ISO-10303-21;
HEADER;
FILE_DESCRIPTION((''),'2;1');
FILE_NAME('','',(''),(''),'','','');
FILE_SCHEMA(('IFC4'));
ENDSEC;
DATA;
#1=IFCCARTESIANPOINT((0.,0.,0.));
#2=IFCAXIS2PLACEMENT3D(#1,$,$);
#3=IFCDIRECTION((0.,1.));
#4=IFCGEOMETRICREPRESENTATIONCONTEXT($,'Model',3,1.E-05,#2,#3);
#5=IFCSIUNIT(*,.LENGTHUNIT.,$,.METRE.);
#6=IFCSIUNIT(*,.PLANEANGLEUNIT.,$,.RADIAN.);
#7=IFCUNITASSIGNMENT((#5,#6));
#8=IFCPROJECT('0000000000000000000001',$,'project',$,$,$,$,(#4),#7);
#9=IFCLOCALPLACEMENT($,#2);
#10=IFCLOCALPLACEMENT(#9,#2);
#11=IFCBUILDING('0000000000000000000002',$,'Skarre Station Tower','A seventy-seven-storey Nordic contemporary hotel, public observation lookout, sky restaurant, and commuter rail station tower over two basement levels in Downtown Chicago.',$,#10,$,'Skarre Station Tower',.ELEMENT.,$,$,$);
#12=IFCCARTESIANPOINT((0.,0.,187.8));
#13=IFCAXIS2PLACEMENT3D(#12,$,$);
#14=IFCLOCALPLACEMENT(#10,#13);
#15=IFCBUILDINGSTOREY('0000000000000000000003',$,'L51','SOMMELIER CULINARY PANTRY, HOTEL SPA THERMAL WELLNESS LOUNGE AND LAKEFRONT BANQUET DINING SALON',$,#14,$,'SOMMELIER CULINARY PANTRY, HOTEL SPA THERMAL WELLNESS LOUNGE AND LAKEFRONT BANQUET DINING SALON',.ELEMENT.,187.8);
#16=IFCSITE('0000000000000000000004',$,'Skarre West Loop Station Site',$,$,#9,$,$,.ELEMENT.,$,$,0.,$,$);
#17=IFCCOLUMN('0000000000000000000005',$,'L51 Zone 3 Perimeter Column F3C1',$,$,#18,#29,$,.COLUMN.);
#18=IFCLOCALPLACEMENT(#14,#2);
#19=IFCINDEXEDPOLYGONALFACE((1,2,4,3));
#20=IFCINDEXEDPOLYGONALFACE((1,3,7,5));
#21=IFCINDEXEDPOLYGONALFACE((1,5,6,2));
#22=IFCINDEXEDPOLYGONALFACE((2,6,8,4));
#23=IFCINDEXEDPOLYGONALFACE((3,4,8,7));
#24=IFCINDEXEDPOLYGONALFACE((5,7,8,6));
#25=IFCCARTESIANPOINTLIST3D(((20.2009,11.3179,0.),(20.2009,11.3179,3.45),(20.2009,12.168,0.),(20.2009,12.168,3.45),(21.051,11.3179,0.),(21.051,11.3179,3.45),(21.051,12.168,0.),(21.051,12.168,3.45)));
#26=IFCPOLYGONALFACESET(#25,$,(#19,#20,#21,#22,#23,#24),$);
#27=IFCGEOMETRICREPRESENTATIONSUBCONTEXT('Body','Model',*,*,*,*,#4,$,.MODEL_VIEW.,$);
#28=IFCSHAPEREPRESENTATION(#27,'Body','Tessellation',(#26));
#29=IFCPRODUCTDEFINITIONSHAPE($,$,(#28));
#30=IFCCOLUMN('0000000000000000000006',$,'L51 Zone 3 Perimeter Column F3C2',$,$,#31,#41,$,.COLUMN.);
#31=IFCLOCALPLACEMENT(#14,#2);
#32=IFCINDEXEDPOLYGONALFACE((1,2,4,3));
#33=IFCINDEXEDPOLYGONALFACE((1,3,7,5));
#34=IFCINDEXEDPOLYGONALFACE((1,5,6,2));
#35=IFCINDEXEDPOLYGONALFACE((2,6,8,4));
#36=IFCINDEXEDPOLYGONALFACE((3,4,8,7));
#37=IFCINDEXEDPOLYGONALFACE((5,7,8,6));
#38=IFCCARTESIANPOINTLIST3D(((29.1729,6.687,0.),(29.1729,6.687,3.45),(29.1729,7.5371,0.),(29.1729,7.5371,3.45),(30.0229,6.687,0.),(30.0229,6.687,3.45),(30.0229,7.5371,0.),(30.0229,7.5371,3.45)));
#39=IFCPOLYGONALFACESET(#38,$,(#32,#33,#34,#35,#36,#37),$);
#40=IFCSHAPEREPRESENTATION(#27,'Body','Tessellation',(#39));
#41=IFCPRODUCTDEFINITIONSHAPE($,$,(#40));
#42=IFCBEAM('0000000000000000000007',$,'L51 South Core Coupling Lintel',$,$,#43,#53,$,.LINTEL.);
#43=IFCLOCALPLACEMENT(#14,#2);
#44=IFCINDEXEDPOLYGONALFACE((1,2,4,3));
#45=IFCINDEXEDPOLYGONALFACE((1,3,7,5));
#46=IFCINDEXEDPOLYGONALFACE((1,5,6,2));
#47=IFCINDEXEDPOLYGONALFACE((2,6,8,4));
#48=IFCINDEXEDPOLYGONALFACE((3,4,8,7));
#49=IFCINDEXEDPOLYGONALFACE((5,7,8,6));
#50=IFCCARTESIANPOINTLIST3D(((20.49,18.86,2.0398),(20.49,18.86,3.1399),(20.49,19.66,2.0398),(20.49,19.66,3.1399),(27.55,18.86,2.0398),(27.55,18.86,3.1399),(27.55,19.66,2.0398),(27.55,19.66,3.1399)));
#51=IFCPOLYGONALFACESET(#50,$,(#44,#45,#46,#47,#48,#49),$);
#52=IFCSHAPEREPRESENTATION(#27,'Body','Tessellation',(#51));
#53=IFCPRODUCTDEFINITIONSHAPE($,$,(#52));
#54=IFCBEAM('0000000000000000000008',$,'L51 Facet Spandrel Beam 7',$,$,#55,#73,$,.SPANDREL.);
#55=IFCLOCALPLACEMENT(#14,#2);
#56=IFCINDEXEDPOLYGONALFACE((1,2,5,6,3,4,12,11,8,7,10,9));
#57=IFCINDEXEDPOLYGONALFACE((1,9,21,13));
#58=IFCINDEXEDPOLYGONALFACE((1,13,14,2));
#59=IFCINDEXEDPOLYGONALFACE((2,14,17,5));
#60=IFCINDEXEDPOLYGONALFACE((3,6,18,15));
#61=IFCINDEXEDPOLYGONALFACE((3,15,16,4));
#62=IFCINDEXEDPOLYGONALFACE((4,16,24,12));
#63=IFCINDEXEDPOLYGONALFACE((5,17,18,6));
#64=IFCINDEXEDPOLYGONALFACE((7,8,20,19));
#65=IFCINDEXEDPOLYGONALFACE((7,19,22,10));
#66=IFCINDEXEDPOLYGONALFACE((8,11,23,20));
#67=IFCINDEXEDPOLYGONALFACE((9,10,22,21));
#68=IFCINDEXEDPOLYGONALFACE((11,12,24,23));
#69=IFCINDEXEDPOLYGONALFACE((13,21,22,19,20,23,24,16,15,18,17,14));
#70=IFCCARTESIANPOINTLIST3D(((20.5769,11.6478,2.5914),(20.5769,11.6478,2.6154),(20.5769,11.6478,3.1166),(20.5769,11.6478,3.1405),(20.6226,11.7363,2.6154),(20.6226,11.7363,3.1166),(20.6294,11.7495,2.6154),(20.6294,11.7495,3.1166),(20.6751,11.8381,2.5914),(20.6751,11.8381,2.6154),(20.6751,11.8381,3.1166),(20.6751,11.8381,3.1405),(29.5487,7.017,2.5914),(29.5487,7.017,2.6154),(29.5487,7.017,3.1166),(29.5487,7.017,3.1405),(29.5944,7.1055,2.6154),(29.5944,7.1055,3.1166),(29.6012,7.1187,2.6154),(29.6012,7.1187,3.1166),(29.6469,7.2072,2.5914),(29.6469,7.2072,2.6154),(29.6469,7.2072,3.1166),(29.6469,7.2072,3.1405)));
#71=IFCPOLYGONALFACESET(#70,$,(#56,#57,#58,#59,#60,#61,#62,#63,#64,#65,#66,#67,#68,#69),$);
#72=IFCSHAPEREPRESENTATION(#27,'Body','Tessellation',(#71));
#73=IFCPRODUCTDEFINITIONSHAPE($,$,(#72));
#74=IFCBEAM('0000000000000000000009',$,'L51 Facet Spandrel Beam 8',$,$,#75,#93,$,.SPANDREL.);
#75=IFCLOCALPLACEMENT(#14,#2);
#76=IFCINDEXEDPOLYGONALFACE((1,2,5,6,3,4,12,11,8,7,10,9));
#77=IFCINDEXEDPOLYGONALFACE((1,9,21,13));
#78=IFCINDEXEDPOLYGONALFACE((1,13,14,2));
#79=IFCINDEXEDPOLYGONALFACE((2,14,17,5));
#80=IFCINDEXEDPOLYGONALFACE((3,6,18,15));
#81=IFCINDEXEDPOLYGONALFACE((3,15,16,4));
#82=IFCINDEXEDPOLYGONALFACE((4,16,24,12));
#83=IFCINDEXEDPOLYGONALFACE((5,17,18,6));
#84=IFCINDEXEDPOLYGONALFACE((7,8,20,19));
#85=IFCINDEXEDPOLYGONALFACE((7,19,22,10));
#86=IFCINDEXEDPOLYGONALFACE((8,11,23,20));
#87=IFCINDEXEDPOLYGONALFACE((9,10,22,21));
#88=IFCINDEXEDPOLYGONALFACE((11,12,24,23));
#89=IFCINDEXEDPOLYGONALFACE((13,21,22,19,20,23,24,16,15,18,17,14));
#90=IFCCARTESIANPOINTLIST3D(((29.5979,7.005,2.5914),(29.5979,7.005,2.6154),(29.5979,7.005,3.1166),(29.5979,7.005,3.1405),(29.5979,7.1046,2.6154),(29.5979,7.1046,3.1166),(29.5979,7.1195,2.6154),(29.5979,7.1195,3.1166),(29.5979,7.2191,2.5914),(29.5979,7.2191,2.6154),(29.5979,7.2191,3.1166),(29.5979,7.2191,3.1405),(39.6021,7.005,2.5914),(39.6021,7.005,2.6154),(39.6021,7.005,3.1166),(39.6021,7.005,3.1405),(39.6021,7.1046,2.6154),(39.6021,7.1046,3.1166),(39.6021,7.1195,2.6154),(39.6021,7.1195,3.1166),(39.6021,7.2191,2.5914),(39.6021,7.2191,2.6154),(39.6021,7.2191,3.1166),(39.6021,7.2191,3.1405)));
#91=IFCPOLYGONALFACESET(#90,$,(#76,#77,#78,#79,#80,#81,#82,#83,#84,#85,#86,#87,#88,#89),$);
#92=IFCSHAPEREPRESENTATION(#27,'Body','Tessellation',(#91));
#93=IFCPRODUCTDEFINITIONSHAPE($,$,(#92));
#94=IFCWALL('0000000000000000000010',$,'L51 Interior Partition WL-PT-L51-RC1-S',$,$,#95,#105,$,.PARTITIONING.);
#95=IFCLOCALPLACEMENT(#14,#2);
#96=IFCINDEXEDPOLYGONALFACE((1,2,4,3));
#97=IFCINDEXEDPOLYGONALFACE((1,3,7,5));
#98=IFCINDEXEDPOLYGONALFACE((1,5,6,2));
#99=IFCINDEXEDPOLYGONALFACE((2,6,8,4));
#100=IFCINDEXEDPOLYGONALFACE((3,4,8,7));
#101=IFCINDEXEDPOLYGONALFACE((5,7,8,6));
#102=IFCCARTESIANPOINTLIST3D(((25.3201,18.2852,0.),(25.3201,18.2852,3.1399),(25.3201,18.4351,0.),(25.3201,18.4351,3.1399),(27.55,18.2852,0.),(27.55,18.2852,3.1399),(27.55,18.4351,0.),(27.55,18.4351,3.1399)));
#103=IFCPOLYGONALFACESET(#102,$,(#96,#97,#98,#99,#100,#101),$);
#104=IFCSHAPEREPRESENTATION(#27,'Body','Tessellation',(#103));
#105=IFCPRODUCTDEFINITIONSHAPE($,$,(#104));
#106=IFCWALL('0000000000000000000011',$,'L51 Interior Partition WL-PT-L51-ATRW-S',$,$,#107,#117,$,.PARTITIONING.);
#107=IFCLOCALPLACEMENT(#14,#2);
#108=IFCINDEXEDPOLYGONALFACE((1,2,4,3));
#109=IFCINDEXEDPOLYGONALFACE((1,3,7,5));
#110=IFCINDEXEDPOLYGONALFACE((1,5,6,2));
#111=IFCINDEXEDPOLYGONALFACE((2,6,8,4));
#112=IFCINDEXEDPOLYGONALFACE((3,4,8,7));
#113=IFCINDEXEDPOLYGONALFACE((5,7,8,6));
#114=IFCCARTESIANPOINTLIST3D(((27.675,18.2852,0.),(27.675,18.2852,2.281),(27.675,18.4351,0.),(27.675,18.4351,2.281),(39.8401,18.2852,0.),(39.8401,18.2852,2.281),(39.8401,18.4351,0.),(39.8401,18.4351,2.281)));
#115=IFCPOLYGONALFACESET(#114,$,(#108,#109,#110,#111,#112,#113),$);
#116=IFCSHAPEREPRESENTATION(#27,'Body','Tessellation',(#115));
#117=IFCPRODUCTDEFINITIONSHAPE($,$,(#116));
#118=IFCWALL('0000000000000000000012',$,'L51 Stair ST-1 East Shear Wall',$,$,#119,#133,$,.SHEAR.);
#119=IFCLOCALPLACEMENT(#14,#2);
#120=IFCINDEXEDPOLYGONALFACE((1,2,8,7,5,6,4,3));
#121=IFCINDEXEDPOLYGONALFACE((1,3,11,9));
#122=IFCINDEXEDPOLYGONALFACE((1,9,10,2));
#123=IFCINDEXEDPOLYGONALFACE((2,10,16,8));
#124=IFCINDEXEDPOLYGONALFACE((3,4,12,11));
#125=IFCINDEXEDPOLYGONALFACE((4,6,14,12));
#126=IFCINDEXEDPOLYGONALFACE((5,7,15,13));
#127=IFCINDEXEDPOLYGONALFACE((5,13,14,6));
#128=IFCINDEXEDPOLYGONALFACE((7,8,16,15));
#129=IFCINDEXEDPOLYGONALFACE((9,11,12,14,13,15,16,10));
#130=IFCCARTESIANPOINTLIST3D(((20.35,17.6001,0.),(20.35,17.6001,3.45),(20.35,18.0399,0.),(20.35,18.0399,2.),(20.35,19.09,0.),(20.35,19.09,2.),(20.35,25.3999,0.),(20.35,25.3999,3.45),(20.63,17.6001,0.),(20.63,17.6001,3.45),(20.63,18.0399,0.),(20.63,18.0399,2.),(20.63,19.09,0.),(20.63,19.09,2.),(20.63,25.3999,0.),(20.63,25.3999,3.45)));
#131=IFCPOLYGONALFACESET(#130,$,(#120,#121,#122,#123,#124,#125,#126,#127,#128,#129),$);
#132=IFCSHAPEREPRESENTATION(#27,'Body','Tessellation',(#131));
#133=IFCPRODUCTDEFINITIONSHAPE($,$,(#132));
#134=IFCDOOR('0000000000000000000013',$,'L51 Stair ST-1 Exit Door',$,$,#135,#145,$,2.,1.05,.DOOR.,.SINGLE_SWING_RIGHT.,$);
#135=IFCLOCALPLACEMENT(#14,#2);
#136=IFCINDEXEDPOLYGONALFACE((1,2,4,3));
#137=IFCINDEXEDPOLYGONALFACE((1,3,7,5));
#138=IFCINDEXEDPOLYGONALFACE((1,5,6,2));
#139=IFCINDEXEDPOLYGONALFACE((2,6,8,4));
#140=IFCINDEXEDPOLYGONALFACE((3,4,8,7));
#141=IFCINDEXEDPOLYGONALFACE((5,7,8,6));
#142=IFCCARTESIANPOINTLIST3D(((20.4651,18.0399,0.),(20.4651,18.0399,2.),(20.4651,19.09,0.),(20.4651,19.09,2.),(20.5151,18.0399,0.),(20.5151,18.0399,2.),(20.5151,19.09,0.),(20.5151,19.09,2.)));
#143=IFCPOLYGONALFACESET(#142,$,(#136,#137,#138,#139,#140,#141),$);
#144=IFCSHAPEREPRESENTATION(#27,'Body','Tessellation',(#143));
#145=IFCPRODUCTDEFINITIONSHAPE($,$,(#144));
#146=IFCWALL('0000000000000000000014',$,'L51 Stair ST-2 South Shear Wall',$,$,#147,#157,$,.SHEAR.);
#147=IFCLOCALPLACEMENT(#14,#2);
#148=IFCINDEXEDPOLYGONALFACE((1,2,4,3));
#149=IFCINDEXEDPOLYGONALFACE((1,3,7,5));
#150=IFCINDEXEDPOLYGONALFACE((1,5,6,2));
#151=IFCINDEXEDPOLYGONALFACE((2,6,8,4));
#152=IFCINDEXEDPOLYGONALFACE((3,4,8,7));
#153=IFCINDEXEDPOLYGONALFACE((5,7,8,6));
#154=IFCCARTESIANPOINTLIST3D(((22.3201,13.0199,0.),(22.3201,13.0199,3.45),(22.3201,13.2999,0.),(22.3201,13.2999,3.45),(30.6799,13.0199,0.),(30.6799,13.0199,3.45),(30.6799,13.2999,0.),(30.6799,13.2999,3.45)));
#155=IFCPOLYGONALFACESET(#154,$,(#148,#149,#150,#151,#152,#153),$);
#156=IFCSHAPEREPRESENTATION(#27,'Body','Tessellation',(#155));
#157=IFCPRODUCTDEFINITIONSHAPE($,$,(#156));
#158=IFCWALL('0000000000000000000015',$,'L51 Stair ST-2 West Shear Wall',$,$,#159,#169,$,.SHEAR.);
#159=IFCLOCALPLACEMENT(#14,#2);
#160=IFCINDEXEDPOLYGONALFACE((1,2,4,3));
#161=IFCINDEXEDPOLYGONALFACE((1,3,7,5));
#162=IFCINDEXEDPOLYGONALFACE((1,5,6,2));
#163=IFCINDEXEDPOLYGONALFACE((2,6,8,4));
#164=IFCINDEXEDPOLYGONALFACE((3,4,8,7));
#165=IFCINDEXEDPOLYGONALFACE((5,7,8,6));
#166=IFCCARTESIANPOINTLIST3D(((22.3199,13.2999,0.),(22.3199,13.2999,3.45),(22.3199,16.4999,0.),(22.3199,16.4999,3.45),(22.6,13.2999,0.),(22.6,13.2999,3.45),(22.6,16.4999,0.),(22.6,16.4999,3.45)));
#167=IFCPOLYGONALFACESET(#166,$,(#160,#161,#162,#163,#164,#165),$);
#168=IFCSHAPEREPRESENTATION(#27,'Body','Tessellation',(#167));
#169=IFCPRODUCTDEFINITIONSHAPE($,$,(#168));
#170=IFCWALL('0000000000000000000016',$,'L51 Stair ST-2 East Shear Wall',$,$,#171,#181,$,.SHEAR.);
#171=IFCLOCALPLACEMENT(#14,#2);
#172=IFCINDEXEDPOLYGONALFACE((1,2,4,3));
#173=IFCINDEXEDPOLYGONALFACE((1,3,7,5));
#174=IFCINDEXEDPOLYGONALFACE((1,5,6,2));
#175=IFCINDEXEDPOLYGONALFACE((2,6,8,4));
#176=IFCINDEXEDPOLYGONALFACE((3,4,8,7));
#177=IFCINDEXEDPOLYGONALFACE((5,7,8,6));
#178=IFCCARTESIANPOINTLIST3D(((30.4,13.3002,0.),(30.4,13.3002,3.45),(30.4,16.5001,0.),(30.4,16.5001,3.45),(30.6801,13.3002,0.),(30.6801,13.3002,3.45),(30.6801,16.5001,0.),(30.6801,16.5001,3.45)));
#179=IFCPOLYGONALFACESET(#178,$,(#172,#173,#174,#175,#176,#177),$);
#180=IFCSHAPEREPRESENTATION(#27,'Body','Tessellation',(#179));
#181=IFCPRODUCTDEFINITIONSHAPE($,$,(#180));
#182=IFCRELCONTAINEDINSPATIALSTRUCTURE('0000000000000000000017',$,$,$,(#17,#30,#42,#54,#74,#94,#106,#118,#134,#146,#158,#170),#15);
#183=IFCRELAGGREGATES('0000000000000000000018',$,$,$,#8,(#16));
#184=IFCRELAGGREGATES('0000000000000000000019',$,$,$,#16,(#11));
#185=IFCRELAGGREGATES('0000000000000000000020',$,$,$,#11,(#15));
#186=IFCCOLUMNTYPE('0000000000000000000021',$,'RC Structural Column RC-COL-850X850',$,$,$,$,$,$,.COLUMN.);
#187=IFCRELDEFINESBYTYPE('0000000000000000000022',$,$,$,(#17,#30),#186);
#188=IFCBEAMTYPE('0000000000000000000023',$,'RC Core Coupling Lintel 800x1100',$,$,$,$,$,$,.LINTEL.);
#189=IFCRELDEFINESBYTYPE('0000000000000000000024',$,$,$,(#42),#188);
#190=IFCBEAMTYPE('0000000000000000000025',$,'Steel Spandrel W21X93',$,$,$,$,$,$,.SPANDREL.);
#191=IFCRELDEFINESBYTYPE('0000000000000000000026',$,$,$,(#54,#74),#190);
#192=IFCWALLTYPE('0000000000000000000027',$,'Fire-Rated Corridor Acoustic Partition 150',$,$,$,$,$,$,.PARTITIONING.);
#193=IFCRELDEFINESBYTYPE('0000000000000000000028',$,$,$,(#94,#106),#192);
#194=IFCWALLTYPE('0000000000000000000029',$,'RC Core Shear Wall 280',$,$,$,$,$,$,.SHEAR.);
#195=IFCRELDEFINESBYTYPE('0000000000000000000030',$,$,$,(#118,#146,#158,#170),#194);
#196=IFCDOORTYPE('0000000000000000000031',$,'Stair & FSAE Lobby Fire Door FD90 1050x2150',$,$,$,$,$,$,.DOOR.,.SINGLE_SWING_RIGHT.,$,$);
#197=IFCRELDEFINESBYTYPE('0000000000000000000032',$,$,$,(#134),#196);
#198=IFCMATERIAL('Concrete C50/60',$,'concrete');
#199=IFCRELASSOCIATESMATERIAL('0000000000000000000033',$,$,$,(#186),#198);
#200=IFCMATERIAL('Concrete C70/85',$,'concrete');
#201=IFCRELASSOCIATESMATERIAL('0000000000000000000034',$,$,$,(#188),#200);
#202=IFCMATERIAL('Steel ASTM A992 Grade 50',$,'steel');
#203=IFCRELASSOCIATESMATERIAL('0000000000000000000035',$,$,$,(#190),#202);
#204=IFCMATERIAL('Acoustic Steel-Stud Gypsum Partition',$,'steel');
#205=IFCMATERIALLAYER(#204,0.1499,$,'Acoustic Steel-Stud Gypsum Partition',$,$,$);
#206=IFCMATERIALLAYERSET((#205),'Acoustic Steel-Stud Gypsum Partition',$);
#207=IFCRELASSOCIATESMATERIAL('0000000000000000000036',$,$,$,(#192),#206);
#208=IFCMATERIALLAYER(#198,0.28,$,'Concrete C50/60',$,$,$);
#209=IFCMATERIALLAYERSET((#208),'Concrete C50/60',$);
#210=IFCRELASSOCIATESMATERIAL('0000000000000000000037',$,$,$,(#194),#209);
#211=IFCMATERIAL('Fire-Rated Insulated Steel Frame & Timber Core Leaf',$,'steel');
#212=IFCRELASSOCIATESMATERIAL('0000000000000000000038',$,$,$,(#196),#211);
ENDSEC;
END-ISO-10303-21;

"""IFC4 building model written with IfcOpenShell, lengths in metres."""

from ifc_helpers import new_model, si_unit, direction, frame, frame_2d, origin, origin_2d, place, context, subcontext, project, spatial, rectangle, i_section, extrude, material, layer, layer_set, material_profile, profile_set, type_object, element, fill, save


model = new_model("IFC4")

# Units and contexts
model_context = context("Model", 3, precision=1e-05, world=origin(), true_north=direction((0.0, 1.0)))
body_context = subcontext(model_context, "Body", "Model", "MODEL_VIEW")
ifc_project = project(units=[si_unit("LENGTHUNIT", "METRE"), si_unit("PLANEANGLEUNIT", "RADIAN")], contexts=[model_context])

# Site, building, storey
site_placement = place(None, origin())
site = spatial("IfcSite", under=ifc_project, at=site_placement, Name="Skarre West Loop Station Site", CompositionType="ELEMENT", RefElevation=0.0)
building_placement = place(site_placement, origin())
building = spatial("IfcBuilding", under=site, at=building_placement, Name="Skarre Station Tower", Description="A seventy-seven-storey Nordic contemporary hotel, public observation lookout, sky restaurant, and commuter rail station tower over two basement levels in Downtown Chicago.", LongName="Skarre Station Tower", CompositionType="ELEMENT")
storey_placement = place(building_placement, frame((0.0, 0.0, 187.8)))
storey = spatial("IfcBuildingStorey", under=building, at=storey_placement, Name="L51", Description="SOMMELIER CULINARY PANTRY, HOTEL SPA THERMAL WELLNESS LOUNGE AND LAKEFRONT BANQUET DINING SALON", LongName="SOMMELIER CULINARY PANTRY, HOTEL SPA THERMAL WELLNESS LOUNGE AND LAKEFRONT BANQUET DINING SALON", CompositionType="ELEMENT", Elevation=187.8)

# Columns
ifc_material_1 = material(Name="Concrete C50/60", Category="concrete")
ifc_material_profile_1 = material_profile(ifc_material_1, rectangle(XDim=0.8501, YDim=0.8501, at=origin_2d()), Name="Concrete C50/60")
ifc_profile_set_1 = profile_set([ifc_material_profile_1], Name="Concrete C50/60")
column_type = type_object("IfcColumnType", Name="RC Structural Column RC-COL-850X850", PredefinedType="COLUMN", material=ifc_profile_set_1)
for number, where, z_axis, x_axis, name in (
    (1, (20.626, 11.7429, 0.0), (0.0, 0.0, 1.0), (1.0, 0.0, 0.0), "L51 Zone 3 Perimeter Column F3C1"),
    (2, (29.5979, 7.1121, 0.0), (0.0, 0.0, 1.0), (1.0, 0.0, 0.0), "L51 Zone 3 Perimeter Column F3C2"),
):
    element("IfcColumn", number, at=place(storey_placement, frame(where, z_axis=z_axis, x_axis=x_axis)), inside=storey, type_object=column_type, Name=name, PredefinedType="COLUMN", context=body_context, shape_type="SweptSolid", body=[
        extrude(rectangle(XDim=0.8501, YDim=0.8501, at=origin_2d()), origin(), (0.0, 0.0, 1.0), 3.45),
    ])

# Beams
ifc_material_2 = material(Name="Concrete C70/85", Category="concrete")
ifc_material_profile_2 = material_profile(ifc_material_2, rectangle(XDim=0.8, YDim=1.1001, at=origin_2d()), Name="Concrete C70/85")
ifc_profile_set_2 = profile_set([ifc_material_profile_2], Name="Concrete C70/85")
beam_type_1 = type_object("IfcBeamType", Name="RC Core Coupling Lintel 800x1100", PredefinedType="LINTEL", material=ifc_profile_set_2)
beam_1_placement = place(storey_placement, frame((20.49, 19.26, 2.5898), z_axis=(1.0, 0.0, 0.0), x_axis=(0.0, 1.0, 0.0)))
element("IfcBeam", 3, at=beam_1_placement, inside=storey, type_object=beam_type_1, Name="L51 South Core Coupling Lintel", PredefinedType="LINTEL", context=body_context, shape_type="SweptSolid", body=[
    extrude(rectangle(XDim=0.8, YDim=1.1001, at=origin_2d()), origin(), (0.0, 0.0, 1.0), 7.0601),
])
ifc_material_3 = material(Name="Steel ASTM A992 Grade 50", Category="steel")
ifc_material_profile_3 = material_profile(ifc_material_3, i_section(OverallWidth=0.2141, OverallDepth=0.5491, WebThickness=0.0149, FlangeThickness=0.0239, at=origin_2d()), Name="Steel ASTM A992 Grade 50")
ifc_profile_set_3 = profile_set([ifc_material_profile_3], Name="Steel ASTM A992 Grade 50")
beam_type_2 = type_object("IfcBeamType", Name="Steel Spandrel W21X93", PredefinedType="SPANDREL", material=ifc_profile_set_3)
beam_2_placement = place(storey_placement, frame((20.626, 11.7429, 2.866), z_axis=(0.888613, -0.458658, 0.0), x_axis=(0.458658, 0.888613, 0.0)))
element("IfcBeam", 4, at=beam_2_placement, inside=storey, type_object=beam_type_2, Name="L51 Facet Spandrel Beam 7", PredefinedType="SPANDREL", context=body_context, shape_type="SweptSolid", body=[
    extrude(i_section(OverallWidth=0.2141, OverallDepth=0.5491, WebThickness=0.0149, FlangeThickness=0.0239, at=origin_2d()), origin(), (0.0, 0.0, 1.0), 10.0964),
])
beam_3_placement = place(storey_placement, frame((29.5979, 7.1121, 2.866), z_axis=(1.0, 0.0, 0.0), x_axis=(0.0, 1.0, 0.0)))
element("IfcBeam", 5, at=beam_3_placement, inside=storey, type_object=beam_type_2, Name="L51 Facet Spandrel Beam 8", PredefinedType="SPANDREL", context=body_context, shape_type="SweptSolid", body=[
    extrude(i_section(OverallWidth=0.2141, OverallDepth=0.5491, WebThickness=0.0149, FlangeThickness=0.0239, at=origin_2d()), origin(), (0.0, 0.0, 1.0), 10.0042),
])

# Walls
ifc_material_4 = material(Name="Acoustic Steel-Stud Gypsum Partition", Category="steel")
ifc_layer_1 = layer(ifc_material_4, 0.1499, Name="Acoustic Steel-Stud Gypsum Partition")
ifc_layer_set_1 = layer_set([ifc_layer_1], Name="Acoustic Steel-Stud Gypsum Partition")
wall_type_1 = type_object("IfcWallType", Name="Fire-Rated Corridor Acoustic Partition 150", PredefinedType="PARTITIONING", material=ifc_layer_set_1)
wall_1_placement = place(storey_placement, frame((25.3201, 18.3601, 0.0), z_axis=(0.0, 0.0, 1.0), x_axis=(1.0, 0.0, 0.0)))
element("IfcWall", 6, at=wall_1_placement, inside=storey, type_object=wall_type_1, Name="L51 Interior Partition WL-PT-L51-RC1-S", PredefinedType="PARTITIONING", context=body_context, shape_type="SweptSolid", body=[
    extrude(rectangle(XDim=2.23, YDim=0.1499, at=frame_2d((1.115, 0.0))), origin(), (0.0, 0.0, 1.0), 3.1399),
])
wall_2_placement = place(storey_placement, frame((27.675, 18.3601, 0.0), z_axis=(0.0, 0.0, 1.0), x_axis=(1.0, 0.0, 0.0)))
element("IfcWall", 7, at=wall_2_placement, inside=storey, type_object=wall_type_1, Name="L51 Interior Partition WL-PT-L51-ATRW-S", PredefinedType="PARTITIONING", context=body_context, shape_type="SweptSolid", body=[
    extrude(rectangle(XDim=12.165, YDim=0.1499, at=frame_2d((6.0825, 0.0))), origin(), (0.0, 0.0, 1.0), 2.281),
])

# Wall, opening, door
ifc_layer_2 = layer(ifc_material_1, 0.28, Name="Concrete C50/60")
ifc_layer_set_2 = layer_set([ifc_layer_2], Name="Concrete C50/60")
wall_type_2 = type_object("IfcWallType", Name="RC Core Shear Wall 280", PredefinedType="SHEAR", material=ifc_layer_set_2)
wall_3_placement = place(storey_placement, frame((20.49, 17.6001, 0.0), z_axis=(0.0, 0.0, 1.0), x_axis=(0.0, 1.0, 0.0)))
wall_3 = element("IfcWall", 8, at=wall_3_placement, inside=storey, type_object=wall_type_2, Name="L51 Stair ST-1 East Shear Wall", PredefinedType="SHEAR", context=body_context, shape_type="SweptSolid", body=[
    extrude(rectangle(XDim=7.7998, YDim=0.28, at=frame_2d((3.8999, 0.0))), origin(), (0.0, 0.0, 1.0), 3.45),
])
opening_placement = place(wall_3_placement, frame((0.4399, 0.0, 0.0)))
opening = element("IfcOpeningElement", 9, at=opening_placement, cuts=wall_3, PredefinedType="OPENING", context=body_context, shape_type="SweptSolid", body=[
    extrude(rectangle(XDim=1.05, YDim=2.0, at=frame_2d((0.5249, 1.0))), frame((0.0, 0.1499, 0.0), z_axis=(0.0, -1.0, 0.0), x_axis=(1.0, 0.0, 0.0)), (0.0, 0.0, 1.0), 0.3),
])
ifc_material_5 = material(Name="Fire-Rated Insulated Steel Frame & Timber Core Leaf", Category="steel")
door_type = type_object("IfcDoorType", Name="Stair & FSAE Lobby Fire Door FD90 1050x2150", OperationType="SINGLE_SWING_RIGHT", PredefinedType="DOOR", material=ifc_material_5)
door_placement = place(opening_placement, origin())
door = element("IfcDoor", 10, at=door_placement, inside=storey, type_object=door_type, Name="L51 Stair ST-1 Exit Door", OperationType="SINGLE_SWING_RIGHT", OverallHeight=2.0, OverallWidth=1.05, PredefinedType="DOOR", context=body_context, shape_type="SweptSolid", body=[
    extrude(rectangle(XDim=1.05, YDim=2.0, at=frame_2d((0.5249, 1.0))), frame((0.0, 0.0249, 0.0), z_axis=(0.0, -1.0, 0.0), x_axis=(1.0, 0.0, 0.0)), (0.0, 0.0, 1.0), 0.05),
])
fill(opening, door)

# Walls
wall_4_placement = place(storey_placement, frame((22.3201, 13.1599, 0.0), z_axis=(0.0, 0.0, 1.0), x_axis=(1.0, 0.0, 0.0)))
element("IfcWall", 11, at=wall_4_placement, inside=storey, type_object=wall_type_2, Name="L51 Stair ST-2 South Shear Wall", PredefinedType="SHEAR", context=body_context, shape_type="SweptSolid", body=[
    extrude(rectangle(XDim=8.3599, YDim=0.28, at=frame_2d((4.1799, 0.0))), origin(), (0.0, 0.0, 1.0), 3.45),
])
for number, where, z_axis, x_axis, name in (
    (12, (22.46, 16.5, 0.0), (0.0, 0.0, 1.0), (0.0, -1.0, 0.0), "L51 Stair ST-2 West Shear Wall"),
    (13, (30.54, 13.3, 0.0), (0.0, 0.0, 1.0), (0.0, 1.0, 0.0), "L51 Stair ST-2 East Shear Wall"),
):
    element("IfcWall", number, at=place(storey_placement, frame(where, z_axis=z_axis, x_axis=x_axis)), inside=storey, type_object=wall_type_2, Name=name, PredefinedType="SHEAR", context=body_context, shape_type="SweptSolid", body=[
        extrude(rectangle(XDim=3.2, YDim=0.28, at=frame_2d((1.6001, 0.0))), origin(), (0.0, 0.0, 1.0), 3.45),
    ])

save(model, "model.ifc")
